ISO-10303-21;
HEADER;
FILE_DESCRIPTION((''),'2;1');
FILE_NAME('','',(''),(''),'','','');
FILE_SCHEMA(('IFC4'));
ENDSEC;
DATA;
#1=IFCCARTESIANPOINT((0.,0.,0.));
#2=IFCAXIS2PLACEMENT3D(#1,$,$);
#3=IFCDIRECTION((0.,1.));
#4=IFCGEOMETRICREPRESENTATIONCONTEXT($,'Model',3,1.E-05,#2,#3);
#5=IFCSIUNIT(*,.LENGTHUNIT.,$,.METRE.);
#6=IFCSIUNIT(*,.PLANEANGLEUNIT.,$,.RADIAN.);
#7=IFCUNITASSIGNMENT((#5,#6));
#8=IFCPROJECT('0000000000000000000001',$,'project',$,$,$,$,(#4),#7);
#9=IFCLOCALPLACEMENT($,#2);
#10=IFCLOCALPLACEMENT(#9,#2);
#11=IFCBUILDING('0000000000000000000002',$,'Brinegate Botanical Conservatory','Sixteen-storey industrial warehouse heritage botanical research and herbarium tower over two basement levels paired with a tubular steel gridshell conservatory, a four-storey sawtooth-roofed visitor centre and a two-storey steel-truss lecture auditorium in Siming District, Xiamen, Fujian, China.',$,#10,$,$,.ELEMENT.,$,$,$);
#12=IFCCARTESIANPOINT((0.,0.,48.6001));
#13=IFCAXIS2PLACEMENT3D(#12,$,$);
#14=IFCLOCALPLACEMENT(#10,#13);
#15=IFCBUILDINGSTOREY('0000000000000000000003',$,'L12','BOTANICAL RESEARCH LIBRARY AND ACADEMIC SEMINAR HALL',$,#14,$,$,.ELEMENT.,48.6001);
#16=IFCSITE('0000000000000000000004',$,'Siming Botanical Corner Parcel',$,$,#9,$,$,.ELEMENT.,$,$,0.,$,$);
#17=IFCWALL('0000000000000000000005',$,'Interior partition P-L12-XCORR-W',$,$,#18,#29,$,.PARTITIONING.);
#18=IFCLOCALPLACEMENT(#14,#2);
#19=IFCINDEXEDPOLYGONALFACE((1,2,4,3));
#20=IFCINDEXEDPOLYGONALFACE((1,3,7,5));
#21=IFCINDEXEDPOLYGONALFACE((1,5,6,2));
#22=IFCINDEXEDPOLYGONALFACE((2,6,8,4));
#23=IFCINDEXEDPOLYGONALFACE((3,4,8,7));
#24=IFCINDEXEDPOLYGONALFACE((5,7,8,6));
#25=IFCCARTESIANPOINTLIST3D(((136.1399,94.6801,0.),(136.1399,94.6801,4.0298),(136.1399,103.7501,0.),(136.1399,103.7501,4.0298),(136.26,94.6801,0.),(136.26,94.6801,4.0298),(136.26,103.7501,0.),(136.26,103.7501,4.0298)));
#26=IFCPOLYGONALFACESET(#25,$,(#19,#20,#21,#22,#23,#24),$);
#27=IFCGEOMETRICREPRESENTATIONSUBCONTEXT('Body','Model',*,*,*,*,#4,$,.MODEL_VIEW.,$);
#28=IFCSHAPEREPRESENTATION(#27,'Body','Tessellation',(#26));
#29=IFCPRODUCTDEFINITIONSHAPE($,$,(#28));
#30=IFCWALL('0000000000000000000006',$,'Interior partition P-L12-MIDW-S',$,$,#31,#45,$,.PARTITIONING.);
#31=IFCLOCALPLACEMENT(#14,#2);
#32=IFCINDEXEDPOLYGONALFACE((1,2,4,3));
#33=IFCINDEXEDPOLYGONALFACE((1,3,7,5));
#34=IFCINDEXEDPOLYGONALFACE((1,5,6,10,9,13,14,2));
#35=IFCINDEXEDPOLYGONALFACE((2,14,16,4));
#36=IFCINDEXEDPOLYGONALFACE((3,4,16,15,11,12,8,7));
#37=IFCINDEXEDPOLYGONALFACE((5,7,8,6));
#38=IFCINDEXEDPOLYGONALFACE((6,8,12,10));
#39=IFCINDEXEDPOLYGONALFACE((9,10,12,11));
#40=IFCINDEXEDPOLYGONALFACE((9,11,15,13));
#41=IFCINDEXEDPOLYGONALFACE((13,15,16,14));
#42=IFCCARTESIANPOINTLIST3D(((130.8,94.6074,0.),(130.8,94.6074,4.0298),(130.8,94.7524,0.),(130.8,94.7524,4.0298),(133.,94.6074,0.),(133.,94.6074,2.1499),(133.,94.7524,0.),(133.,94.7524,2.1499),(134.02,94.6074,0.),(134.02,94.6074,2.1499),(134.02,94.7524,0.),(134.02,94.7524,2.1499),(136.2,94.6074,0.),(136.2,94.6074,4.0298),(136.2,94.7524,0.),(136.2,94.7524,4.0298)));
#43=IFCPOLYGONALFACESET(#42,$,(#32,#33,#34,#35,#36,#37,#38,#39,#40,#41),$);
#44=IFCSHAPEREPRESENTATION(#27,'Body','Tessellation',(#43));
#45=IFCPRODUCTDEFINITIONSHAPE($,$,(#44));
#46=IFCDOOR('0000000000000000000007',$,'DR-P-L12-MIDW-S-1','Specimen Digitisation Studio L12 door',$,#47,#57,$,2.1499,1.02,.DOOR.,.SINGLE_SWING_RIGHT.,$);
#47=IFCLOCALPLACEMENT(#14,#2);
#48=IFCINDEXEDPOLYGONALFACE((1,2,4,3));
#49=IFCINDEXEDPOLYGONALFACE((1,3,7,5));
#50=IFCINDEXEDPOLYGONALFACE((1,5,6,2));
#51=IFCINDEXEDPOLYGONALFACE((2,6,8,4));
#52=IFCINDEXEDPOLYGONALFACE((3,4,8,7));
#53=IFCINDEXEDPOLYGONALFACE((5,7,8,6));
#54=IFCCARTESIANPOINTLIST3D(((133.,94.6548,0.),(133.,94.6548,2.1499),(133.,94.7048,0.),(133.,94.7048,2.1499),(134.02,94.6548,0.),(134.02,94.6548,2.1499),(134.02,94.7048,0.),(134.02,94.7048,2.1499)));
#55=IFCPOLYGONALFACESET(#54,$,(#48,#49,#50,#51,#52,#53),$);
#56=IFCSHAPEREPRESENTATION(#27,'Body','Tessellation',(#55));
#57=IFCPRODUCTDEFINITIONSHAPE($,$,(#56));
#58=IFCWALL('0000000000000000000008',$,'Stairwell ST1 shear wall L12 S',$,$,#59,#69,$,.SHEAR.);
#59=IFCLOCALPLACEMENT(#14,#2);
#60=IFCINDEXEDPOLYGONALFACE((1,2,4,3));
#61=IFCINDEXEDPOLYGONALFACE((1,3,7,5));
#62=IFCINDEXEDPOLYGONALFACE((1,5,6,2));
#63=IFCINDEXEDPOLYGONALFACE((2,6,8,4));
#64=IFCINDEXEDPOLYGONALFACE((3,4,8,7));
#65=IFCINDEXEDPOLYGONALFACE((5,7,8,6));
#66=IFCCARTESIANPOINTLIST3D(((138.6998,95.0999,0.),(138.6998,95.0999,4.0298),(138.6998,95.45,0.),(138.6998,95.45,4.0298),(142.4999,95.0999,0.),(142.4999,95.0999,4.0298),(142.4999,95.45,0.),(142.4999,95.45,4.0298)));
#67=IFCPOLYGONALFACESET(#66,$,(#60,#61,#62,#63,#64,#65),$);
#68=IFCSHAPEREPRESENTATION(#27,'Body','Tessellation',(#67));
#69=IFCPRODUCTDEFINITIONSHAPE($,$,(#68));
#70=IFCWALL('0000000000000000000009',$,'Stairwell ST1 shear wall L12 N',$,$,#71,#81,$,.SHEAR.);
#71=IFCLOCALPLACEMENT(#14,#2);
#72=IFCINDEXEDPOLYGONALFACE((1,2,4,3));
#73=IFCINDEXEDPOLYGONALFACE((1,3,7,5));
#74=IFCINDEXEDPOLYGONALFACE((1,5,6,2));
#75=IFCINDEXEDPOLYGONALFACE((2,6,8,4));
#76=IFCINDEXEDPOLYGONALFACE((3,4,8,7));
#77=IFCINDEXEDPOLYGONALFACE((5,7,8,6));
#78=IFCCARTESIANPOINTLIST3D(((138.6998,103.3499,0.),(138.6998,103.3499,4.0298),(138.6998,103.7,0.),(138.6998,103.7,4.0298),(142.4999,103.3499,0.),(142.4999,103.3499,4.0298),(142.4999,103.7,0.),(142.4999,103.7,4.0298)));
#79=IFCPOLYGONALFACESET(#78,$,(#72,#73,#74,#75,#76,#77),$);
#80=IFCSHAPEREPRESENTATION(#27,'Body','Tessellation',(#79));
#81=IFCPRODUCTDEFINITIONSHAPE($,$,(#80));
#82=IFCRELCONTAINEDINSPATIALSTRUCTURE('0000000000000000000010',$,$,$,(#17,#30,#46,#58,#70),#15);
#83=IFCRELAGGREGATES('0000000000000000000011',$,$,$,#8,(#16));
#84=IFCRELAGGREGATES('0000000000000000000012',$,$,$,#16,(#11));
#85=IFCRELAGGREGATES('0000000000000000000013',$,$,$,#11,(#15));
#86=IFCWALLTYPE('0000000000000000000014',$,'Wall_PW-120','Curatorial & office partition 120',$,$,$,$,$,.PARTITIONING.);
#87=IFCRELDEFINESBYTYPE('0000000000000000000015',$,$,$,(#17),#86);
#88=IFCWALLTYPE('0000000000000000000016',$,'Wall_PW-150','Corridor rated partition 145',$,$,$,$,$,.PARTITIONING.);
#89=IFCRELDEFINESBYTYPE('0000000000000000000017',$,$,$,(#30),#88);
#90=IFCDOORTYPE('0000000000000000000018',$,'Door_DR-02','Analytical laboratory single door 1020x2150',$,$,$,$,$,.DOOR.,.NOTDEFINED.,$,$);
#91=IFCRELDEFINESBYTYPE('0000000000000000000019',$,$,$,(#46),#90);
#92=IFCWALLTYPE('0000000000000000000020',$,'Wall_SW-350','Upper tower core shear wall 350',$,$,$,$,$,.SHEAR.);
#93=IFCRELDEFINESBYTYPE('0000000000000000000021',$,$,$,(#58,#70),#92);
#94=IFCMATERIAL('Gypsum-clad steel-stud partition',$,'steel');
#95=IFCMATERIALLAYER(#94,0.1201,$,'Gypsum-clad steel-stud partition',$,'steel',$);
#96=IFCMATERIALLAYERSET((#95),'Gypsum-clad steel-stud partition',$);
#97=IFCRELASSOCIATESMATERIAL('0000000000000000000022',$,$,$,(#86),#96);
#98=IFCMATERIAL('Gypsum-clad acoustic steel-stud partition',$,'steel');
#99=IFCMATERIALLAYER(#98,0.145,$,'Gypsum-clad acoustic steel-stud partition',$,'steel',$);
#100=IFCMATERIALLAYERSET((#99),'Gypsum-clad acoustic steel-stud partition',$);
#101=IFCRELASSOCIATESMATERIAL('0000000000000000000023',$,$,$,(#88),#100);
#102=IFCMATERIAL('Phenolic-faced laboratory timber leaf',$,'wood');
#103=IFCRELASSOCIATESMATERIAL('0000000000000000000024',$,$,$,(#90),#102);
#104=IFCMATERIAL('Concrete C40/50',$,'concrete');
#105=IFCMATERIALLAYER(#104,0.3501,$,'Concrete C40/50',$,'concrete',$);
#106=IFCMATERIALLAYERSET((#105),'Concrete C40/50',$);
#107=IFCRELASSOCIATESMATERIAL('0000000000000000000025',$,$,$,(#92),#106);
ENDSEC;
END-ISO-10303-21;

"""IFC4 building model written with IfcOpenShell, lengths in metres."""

from ifc_helpers import new_model, si_unit, direction, frame, frame_2d, origin, place, context, subcontext, project, spatial, rectangle, extrude, material, layer, layer_set, type_object, element, fill, save


model = new_model("IFC4")

# Units and contexts
model_context = context("Model", 3, precision=1e-05, world=origin(), true_north=direction((0.0, 1.0)))
body_context = subcontext(model_context, "Body", "Model", "MODEL_VIEW")
ifc_project = project(units=[si_unit("LENGTHUNIT", "METRE"), si_unit("PLANEANGLEUNIT", "RADIAN")], contexts=[model_context])

# Site, building, storey
site_placement = place(None, origin())
site = spatial("IfcSite", under=ifc_project, at=site_placement, Name="Siming Botanical Corner Parcel", CompositionType="ELEMENT", RefElevation=0.0)
building_placement = place(site_placement, origin())
building = spatial("IfcBuilding", under=site, at=building_placement, Name="Brinegate Botanical Conservatory", Description="Sixteen-storey industrial warehouse heritage botanical research and herbarium tower over two basement levels paired with a tubular steel gridshell conservatory, a four-storey sawtooth-roofed visitor centre and a two-storey steel-truss lecture auditorium in Siming District, Xiamen, Fujian, China.", CompositionType="ELEMENT")
storey_placement = place(building_placement, frame((0.0, 0.0, 48.6001)))
storey = spatial("IfcBuildingStorey", under=building, at=storey_placement, Name="L12", Description="BOTANICAL RESEARCH LIBRARY AND ACADEMIC SEMINAR HALL", CompositionType="ELEMENT", Elevation=48.6001)

# Shared definitions
ifc_material_1 = material(Name="Concrete C40/50", Category="concrete")

# Wall
ifc_material_2 = material(Name="Gypsum-clad steel-stud partition", Category="steel")
ifc_layer_1 = layer(ifc_material_2, 0.1201, Name="Gypsum-clad steel-stud partition", Category="steel")
ifc_layer_set_1 = layer_set([ifc_layer_1], Name="Gypsum-clad steel-stud partition")
wall_type_1 = type_object("IfcWallType", Name="Wall_PW-120", Description="Curatorial & office partition 120", PredefinedType="PARTITIONING", material=ifc_layer_set_1)
wall_1_placement = place(storey_placement, frame((136.2, 94.6799, 0.0), z_axis=(0.0, 0.0, 1.0), x_axis=(0.0, 1.0, 0.0)))
element("IfcWall", 1, at=wall_1_placement, inside=storey, type_object=wall_type_1, Name="Interior partition P-L12-XCORR-W", PredefinedType="PARTITIONING", context=body_context, shape_type="SweptSolid", body=[
    extrude(rectangle(XDim=9.0701, YDim=0.1201, at=frame_2d((4.5352, 0.0))), origin(), (0.0, 0.0, 1.0), 4.0298),
])

# Wall, opening, door
ifc_material_3 = material(Name="Gypsum-clad acoustic steel-stud partition", Category="steel")
ifc_layer_2 = layer(ifc_material_3, 0.145, Name="Gypsum-clad acoustic steel-stud partition", Category="steel")
ifc_layer_set_2 = layer_set([ifc_layer_2], Name="Gypsum-clad acoustic steel-stud partition")
wall_type_2 = type_object("IfcWallType", Name="Wall_PW-150", Description="Corridor rated partition 145", PredefinedType="PARTITIONING", material=ifc_layer_set_2)
wall_2_placement = place(storey_placement, frame((130.8, 94.6799, 0.0), z_axis=(0.0, 0.0, 1.0), x_axis=(1.0, 0.0, 0.0)))
wall_2 = element("IfcWall", 2, at=wall_2_placement, inside=storey, type_object=wall_type_2, Name="Interior partition P-L12-MIDW-S", PredefinedType="PARTITIONING", context=body_context, shape_type="SweptSolid", body=[
    extrude(rectangle(XDim=5.3999, YDim=0.145, at=frame_2d((2.7, 0.0))), origin(), (0.0, 0.0, 1.0), 4.0298),
])
opening_1_placement = place(wall_2_placement, frame((2.2, 0.0, 0.0)))
opening_1 = element("IfcOpeningElement", 3, at=opening_1_placement, cuts=wall_2, PredefinedType="OPENING", context=body_context, shape_type="SweptSolid", body=[
    extrude(rectangle(XDim=1.02, YDim=2.1499, at=frame_2d((0.51, 1.075))), frame((0.0, 0.0825, 0.0), z_axis=(0.0, -1.0, 0.0), x_axis=(1.0, 0.0, 0.0)), (0.0, 0.0, 1.0), 0.165),
])
ifc_material_4 = material(Name="Phenolic-faced laboratory timber leaf", Category="wood")
door_type = type_object("IfcDoorType", Name="Door_DR-02", Description="Analytical laboratory single door 1020x2150", OperationType="NOTDEFINED", PredefinedType="DOOR", material=ifc_material_4)
door_placement = place(opening_1_placement, origin())
door = element("IfcDoor", 4, at=door_placement, inside=storey, type_object=door_type, Name="DR-P-L12-MIDW-S-1", Description="Specimen Digitisation Studio L12 door", OperationType="SINGLE_SWING_RIGHT", OverallHeight=2.1499, OverallWidth=1.02, PredefinedType="DOOR", context=body_context, shape_type="SweptSolid", body=[
    extrude(rectangle(XDim=1.02, YDim=2.1499, at=frame_2d((0.51, 1.075))), frame((0.0, 0.0249, 0.0), z_axis=(0.0, -1.0, 0.0), x_axis=(1.0, 0.0, 0.0)), (0.0, 0.0, 1.0), 0.05),
])
fill(opening_1, door)

# Walls
ifc_layer_3 = layer(ifc_material_1, 0.3501, Name="Concrete C40/50", Category="concrete")
ifc_layer_set_3 = layer_set([ifc_layer_3], Name="Concrete C40/50")
wall_type_3 = type_object("IfcWallType", Name="Wall_SW-350", Description="Upper tower core shear wall 350", PredefinedType="SHEAR", material=ifc_layer_set_3)
for number, where, z_axis, x_axis, name in (
    (5, (138.7, 95.2749, 0.0), (0.0, 0.0, 1.0), (1.0, 0.0, 0.0), "Stairwell ST1 shear wall L12 S"),
    (6, (138.7, 103.5249, 0.0), (0.0, 0.0, 1.0), (1.0, 0.0, 0.0), "Stairwell ST1 shear wall L12 N"),
):
    element("IfcWall", number, at=place(storey_placement, frame(where, z_axis=z_axis, x_axis=x_axis)), inside=storey, type_object=wall_type_3, Name=name, PredefinedType="SHEAR", context=body_context, shape_type="SweptSolid", body=[
        extrude(rectangle(XDim=3.8, YDim=0.3501, at=frame_2d((1.8999, 0.0))), origin(), (0.0, 0.0, 1.0), 4.0298),
    ])

save(model, "model.ifc")
